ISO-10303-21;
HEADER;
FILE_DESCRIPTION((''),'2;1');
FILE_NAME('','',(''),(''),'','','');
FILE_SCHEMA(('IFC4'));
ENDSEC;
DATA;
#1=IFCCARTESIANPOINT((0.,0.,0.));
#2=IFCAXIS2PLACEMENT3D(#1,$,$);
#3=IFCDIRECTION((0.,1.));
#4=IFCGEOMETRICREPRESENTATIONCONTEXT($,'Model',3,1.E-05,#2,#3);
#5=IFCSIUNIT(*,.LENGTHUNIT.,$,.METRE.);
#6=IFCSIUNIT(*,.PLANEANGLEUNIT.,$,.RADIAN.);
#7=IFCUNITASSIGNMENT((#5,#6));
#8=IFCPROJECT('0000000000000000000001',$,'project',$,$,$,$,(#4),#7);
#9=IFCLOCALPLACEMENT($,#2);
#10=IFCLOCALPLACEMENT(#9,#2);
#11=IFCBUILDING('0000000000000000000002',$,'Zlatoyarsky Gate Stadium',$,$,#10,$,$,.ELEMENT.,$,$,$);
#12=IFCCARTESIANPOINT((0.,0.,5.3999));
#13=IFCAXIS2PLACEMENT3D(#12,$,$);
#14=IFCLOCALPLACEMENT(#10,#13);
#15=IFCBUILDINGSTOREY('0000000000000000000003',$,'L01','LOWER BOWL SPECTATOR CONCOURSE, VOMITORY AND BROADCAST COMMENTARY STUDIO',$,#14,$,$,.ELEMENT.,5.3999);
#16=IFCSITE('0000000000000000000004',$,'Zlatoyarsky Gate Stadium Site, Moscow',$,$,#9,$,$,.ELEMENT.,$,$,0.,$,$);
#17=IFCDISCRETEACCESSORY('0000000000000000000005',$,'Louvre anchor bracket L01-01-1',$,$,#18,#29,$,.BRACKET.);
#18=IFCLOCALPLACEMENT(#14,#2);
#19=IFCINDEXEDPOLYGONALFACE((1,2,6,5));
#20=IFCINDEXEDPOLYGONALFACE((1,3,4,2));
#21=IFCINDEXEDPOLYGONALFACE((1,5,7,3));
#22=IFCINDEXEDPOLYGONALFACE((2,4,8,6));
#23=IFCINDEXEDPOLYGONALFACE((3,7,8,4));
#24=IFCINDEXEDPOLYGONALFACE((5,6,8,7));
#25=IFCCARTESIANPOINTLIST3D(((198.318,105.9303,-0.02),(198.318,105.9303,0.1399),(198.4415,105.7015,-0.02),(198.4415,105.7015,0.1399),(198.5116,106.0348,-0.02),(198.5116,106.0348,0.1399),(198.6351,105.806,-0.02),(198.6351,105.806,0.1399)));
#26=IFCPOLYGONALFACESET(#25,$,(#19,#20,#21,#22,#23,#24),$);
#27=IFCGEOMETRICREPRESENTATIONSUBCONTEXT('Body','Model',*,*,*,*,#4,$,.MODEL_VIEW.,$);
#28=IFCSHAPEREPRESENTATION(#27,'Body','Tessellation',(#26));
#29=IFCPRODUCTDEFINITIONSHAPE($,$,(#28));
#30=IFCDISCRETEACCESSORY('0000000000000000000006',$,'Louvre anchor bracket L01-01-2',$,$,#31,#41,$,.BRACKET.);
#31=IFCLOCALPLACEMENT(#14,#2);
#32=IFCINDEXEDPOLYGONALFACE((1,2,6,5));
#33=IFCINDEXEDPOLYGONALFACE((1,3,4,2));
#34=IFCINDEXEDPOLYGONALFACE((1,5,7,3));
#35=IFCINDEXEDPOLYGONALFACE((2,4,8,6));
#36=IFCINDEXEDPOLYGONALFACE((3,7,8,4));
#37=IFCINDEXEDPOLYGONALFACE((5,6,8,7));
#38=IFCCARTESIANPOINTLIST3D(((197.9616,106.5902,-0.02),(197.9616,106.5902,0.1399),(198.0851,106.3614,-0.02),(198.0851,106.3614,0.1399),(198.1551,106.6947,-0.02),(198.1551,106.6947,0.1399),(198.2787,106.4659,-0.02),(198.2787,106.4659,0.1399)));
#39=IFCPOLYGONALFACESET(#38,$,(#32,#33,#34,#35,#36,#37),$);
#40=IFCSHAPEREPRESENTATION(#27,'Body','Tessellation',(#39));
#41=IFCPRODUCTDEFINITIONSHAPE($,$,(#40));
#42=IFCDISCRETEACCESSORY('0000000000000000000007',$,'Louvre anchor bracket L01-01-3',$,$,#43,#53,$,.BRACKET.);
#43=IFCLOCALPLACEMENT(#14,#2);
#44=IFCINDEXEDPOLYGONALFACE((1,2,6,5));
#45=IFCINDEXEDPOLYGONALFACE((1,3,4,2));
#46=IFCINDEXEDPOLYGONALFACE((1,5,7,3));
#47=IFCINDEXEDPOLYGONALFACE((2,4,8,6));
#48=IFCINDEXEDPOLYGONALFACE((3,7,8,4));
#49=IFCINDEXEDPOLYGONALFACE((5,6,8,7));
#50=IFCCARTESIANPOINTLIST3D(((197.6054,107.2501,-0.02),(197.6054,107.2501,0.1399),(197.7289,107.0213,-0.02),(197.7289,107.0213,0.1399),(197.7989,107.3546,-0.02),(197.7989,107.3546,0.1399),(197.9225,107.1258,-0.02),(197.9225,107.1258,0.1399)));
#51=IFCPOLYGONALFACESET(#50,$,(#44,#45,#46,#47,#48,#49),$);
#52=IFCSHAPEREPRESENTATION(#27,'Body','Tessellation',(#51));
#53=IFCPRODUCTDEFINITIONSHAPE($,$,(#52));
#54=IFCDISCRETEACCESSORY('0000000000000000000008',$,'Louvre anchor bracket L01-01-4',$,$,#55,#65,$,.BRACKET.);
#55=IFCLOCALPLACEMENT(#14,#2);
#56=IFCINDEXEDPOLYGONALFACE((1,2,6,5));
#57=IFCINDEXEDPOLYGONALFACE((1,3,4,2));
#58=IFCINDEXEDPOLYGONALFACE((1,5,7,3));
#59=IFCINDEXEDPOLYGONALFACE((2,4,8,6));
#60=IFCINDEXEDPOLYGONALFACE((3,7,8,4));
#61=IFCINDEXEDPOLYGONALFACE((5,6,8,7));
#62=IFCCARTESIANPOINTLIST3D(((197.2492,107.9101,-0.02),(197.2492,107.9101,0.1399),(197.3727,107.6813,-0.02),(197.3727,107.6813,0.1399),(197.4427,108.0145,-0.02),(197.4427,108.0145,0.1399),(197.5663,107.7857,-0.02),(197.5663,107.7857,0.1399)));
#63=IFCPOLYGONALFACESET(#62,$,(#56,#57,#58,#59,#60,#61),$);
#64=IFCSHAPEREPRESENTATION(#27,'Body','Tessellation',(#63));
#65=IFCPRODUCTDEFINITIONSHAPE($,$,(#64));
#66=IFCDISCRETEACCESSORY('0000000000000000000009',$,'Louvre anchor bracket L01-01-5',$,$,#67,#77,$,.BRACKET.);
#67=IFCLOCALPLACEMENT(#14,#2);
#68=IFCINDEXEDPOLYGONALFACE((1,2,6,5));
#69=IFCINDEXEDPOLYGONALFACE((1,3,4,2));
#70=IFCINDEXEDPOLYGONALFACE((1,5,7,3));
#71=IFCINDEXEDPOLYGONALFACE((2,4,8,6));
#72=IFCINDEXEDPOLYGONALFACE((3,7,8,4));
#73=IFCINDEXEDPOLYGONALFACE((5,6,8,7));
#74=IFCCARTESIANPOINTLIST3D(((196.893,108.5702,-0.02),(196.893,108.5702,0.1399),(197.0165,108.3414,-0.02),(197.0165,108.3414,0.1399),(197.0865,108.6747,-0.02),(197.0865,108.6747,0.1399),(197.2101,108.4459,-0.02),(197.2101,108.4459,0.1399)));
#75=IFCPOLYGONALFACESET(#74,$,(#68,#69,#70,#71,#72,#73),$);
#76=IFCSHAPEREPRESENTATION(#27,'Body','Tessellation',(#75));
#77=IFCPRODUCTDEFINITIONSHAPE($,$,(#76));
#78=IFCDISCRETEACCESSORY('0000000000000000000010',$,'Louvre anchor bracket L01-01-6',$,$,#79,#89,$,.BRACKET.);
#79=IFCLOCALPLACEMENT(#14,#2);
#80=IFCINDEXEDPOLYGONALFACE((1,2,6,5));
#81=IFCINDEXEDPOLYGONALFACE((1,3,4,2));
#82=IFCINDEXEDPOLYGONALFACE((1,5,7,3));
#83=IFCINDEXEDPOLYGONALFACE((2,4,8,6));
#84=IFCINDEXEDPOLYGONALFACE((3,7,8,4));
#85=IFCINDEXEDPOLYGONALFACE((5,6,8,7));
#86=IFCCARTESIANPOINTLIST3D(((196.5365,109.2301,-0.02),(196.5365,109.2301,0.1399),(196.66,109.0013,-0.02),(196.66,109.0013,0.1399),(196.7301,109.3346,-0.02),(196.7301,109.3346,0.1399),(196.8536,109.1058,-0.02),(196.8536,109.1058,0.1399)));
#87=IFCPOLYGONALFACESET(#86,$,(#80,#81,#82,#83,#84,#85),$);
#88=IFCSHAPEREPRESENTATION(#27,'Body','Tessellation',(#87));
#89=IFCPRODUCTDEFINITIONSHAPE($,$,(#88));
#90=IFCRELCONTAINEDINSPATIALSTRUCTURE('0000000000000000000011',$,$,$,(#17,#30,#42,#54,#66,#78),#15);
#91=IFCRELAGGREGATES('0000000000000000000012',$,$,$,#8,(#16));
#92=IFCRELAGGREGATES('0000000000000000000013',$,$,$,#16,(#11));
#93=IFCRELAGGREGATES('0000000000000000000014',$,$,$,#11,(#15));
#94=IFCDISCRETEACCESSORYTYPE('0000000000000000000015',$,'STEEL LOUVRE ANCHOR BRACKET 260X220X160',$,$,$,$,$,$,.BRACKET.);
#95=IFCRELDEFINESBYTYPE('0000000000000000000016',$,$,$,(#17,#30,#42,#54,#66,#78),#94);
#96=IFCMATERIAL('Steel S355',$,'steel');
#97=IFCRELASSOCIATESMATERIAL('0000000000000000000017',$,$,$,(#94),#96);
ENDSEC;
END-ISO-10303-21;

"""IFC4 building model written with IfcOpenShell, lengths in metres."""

from ifc_helpers import new_model, si_unit, direction, frame, origin, origin_2d, place, context, subcontext, project, spatial, rectangle, extrude, material, type_object, element, save


model = new_model("IFC4")

# Units and contexts
model_context = context("Model", 3, precision=1e-05, world=origin(), true_north=direction((0.0, 1.0)))
body_context = subcontext(model_context, "Body", "Model", "MODEL_VIEW")
ifc_project = project(units=[si_unit("LENGTHUNIT", "METRE"), si_unit("PLANEANGLEUNIT", "RADIAN")], contexts=[model_context])

# Site, building, storey
site_placement = place(None, origin())
site = spatial("IfcSite", under=ifc_project, at=site_placement, Name="Zlatoyarsky Gate Stadium Site, Moscow", CompositionType="ELEMENT", RefElevation=0.0)
building_placement = place(site_placement, origin())
building = spatial("IfcBuilding", under=site, at=building_placement, Name="Zlatoyarsky Gate Stadium", CompositionType="ELEMENT")
storey_placement = place(building_placement, frame((0.0, 0.0, 5.3999)))
storey = spatial("IfcBuildingStorey", under=building, at=storey_placement, Name="L01", Description="LOWER BOWL SPECTATOR CONCOURSE, VOMITORY AND BROADCAST COMMENTARY STUDIO", CompositionType="ELEMENT", Elevation=5.3999)

# Shared definitions
ifc_material_1 = material(Name="Steel S355", Category="steel")

# Discrete accessories
discrete_accessory_type = type_object("IfcDiscreteAccessoryType", Name="STEEL LOUVRE ANCHOR BRACKET 260X220X160", PredefinedType="BRACKET", material=ifc_material_1)
for number, where, z_axis, x_axis, name in (
    (1, (198.4766, 105.8682, -0.02), (0.0, 0.0, 1.0), (-0.47505, 0.879959, 0.0), "Louvre anchor bracket L01-01-1"),
    (2, (198.1201, 106.5281, -0.02), (0.0, 0.0, 1.0), (-0.47505, 0.879959, 0.0), "Louvre anchor bracket L01-01-2"),
    (3, (197.7639, 107.188, -0.02), (0.0, 0.0, 1.0), (-0.47505, 0.879959, 0.0), "Louvre anchor bracket L01-01-3"),
    (4, (197.4077, 107.8479, -0.02), (0.0, 0.0, 1.0), (-0.47505, 0.879959, 0.0), "Louvre anchor bracket L01-01-4"),
    (5, (197.0515, 108.5081, -0.02), (0.0, 0.0, 1.0), (-0.47505, 0.879959, 0.0), "Louvre anchor bracket L01-01-5"),
    (6, (196.6951, 109.168, -0.02), (0.0, 0.0, 1.0), (-0.47505, 0.879959, 0.0), "Louvre anchor bracket L01-01-6"),
):
    element("IfcDiscreteAccessory", number, at=place(storey_placement, frame(where, z_axis=z_axis, x_axis=x_axis)), inside=storey, type_object=discrete_accessory_type, Name=name, PredefinedType="BRACKET", context=body_context, shape_type="SweptSolid", body=[
        extrude(rectangle(XDim=0.26, YDim=0.22, at=origin_2d()), origin(), (0.0, 0.0, 1.0), 0.1599),
    ])

save(model, "model.ifc")
